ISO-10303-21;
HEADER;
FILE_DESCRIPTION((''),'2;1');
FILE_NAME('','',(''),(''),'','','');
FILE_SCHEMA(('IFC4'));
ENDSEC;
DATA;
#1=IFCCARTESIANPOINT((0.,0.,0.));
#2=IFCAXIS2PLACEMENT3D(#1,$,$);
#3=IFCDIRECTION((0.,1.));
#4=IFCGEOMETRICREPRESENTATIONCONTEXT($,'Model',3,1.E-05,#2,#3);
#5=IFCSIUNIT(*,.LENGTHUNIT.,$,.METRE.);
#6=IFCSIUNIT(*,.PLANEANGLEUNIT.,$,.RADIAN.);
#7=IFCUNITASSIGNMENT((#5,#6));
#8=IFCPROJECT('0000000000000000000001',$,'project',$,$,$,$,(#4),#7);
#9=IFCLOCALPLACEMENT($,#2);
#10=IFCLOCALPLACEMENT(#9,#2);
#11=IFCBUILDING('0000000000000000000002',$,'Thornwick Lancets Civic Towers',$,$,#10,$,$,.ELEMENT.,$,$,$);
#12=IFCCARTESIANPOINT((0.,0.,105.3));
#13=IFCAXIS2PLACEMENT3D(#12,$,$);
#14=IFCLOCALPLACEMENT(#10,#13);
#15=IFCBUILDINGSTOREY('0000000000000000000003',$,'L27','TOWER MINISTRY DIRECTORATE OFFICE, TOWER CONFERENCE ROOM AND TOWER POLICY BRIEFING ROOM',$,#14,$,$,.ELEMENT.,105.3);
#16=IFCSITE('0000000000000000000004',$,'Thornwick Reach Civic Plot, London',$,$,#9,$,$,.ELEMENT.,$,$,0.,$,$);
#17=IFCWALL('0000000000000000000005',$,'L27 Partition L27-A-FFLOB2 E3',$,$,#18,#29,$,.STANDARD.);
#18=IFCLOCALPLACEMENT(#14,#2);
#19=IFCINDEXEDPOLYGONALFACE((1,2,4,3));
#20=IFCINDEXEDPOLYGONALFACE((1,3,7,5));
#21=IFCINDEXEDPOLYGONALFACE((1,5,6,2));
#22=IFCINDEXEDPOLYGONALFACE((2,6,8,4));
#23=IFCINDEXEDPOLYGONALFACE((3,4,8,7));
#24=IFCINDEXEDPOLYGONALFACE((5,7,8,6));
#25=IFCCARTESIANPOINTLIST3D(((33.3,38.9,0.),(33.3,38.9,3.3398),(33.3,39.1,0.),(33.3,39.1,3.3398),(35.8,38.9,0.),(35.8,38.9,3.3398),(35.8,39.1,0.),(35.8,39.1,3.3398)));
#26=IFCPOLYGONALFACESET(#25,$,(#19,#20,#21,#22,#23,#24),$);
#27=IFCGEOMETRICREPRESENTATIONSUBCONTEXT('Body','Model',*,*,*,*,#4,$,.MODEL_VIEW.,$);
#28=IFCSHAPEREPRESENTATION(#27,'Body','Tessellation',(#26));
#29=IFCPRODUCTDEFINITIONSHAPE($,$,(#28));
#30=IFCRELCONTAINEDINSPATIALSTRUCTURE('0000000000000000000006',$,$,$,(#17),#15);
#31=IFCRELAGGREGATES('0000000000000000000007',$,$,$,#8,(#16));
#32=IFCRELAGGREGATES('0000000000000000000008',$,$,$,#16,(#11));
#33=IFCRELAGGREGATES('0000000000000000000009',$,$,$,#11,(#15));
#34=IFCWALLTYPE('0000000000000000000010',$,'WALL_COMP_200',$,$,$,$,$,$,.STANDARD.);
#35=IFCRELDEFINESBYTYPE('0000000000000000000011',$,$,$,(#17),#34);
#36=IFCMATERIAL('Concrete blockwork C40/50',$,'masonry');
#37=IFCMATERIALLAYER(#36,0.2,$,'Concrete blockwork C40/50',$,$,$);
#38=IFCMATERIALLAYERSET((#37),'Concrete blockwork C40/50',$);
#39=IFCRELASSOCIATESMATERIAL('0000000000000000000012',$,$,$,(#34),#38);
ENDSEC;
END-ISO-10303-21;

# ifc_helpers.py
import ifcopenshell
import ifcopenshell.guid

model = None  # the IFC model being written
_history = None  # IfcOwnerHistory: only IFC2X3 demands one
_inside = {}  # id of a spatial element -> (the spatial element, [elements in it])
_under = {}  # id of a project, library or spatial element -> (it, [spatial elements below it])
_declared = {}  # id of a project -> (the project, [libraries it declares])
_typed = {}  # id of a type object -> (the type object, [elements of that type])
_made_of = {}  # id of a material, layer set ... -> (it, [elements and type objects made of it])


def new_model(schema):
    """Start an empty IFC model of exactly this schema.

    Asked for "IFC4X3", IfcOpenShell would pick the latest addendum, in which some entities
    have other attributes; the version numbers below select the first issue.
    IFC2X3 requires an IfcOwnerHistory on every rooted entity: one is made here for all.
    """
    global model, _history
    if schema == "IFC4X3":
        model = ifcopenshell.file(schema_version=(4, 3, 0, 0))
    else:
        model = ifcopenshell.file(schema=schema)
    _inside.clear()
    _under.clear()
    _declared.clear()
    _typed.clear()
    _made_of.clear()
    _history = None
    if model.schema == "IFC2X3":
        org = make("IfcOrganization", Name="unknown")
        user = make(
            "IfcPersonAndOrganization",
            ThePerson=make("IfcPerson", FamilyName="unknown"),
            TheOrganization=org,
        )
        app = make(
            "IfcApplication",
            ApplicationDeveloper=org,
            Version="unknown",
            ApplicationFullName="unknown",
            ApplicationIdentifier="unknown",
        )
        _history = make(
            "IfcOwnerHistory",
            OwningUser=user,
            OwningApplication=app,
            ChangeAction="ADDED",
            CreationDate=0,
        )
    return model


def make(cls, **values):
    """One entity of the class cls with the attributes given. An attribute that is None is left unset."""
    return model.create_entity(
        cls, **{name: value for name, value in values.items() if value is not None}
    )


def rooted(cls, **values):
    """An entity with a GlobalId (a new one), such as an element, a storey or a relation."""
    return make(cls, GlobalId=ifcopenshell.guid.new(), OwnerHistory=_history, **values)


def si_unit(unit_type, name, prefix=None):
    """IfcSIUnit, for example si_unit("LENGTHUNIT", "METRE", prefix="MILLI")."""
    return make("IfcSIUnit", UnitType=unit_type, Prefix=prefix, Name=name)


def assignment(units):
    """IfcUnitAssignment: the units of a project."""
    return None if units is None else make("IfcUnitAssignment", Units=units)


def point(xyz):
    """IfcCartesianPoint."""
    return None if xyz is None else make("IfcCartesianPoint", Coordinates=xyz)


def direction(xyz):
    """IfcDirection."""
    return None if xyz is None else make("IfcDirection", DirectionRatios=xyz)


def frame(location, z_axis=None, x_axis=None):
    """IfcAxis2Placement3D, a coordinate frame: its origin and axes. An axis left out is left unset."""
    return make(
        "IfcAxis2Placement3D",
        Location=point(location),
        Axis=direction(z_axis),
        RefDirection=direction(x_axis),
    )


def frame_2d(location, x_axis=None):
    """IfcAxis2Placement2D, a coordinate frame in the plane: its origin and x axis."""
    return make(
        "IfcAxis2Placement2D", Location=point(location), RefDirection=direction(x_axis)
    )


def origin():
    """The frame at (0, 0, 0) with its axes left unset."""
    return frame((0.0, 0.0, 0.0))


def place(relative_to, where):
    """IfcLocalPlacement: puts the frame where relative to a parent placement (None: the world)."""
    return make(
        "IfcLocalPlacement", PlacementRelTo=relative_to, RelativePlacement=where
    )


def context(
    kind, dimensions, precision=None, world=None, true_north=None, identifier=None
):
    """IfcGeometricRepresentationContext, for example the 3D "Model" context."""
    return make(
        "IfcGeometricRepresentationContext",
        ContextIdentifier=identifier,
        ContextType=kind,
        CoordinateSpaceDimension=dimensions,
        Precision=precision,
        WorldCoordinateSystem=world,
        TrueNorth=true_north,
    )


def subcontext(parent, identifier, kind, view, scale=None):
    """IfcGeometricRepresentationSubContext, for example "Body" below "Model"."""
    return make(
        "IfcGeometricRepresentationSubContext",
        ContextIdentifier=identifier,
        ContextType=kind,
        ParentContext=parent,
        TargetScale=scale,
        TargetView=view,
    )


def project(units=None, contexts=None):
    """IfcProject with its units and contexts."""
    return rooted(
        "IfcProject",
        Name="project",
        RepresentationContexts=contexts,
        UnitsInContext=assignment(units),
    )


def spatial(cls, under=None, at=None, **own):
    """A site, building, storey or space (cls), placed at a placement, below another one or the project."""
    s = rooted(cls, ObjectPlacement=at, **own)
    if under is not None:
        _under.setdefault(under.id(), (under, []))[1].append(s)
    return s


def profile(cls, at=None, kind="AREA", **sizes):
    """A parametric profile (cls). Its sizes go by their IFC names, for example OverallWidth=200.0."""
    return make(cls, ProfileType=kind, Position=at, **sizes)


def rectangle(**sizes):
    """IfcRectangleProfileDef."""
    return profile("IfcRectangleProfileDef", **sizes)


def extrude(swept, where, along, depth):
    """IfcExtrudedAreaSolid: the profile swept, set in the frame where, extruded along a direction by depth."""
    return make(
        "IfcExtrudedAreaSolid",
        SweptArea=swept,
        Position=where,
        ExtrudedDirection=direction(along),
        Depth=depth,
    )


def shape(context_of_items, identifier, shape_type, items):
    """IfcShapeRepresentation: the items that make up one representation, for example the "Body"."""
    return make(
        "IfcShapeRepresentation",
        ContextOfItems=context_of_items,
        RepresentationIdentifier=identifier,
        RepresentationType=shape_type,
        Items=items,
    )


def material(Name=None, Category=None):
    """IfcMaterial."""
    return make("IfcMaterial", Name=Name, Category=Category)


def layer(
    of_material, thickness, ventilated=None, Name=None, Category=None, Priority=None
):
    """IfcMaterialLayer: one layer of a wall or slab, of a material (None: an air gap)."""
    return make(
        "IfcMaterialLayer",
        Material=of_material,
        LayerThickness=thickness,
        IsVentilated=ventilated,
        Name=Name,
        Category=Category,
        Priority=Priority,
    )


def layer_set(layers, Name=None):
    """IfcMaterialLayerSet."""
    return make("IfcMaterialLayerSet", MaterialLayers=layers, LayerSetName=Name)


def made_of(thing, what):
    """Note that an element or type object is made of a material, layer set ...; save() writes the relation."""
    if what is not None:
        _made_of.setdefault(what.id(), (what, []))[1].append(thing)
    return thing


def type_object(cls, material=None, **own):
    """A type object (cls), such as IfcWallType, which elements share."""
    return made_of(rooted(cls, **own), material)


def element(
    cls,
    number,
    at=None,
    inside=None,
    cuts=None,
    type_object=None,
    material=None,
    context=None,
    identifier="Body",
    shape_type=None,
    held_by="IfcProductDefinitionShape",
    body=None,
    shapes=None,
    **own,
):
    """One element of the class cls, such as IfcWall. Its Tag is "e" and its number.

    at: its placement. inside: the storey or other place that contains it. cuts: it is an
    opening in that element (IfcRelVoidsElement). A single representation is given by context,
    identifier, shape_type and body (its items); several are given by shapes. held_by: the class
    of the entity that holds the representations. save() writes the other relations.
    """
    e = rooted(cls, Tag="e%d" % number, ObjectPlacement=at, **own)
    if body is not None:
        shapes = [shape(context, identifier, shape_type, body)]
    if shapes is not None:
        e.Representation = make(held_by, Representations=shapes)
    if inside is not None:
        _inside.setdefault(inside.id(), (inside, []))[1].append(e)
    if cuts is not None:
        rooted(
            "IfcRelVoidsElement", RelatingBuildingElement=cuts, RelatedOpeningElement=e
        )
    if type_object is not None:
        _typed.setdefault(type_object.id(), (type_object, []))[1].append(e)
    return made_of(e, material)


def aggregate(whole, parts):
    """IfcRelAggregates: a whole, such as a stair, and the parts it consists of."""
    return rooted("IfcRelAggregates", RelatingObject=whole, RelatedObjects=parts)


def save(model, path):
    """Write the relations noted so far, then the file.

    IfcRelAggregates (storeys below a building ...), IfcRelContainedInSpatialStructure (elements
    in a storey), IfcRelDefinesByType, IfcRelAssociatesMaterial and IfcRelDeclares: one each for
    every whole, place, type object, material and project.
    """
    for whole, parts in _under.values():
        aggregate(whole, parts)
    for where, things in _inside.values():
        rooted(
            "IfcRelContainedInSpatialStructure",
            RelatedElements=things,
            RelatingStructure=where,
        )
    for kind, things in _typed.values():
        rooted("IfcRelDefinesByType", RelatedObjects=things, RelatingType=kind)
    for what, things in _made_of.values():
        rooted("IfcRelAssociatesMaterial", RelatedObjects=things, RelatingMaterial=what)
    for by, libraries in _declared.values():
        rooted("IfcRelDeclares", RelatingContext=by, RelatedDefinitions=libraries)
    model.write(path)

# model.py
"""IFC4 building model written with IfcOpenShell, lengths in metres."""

from ifc_helpers import new_model, si_unit, direction, frame, frame_2d, origin, place, context, subcontext, project, spatial, rectangle, extrude, material, layer, layer_set, type_object, element, save


model = new_model("IFC4")

# Units and contexts
model_context = context("Model", 3, precision=1e-05, world=origin(), true_north=direction((0.0, 1.0)))
body_context = subcontext(model_context, "Body", "Model", "MODEL_VIEW")
ifc_project = project(units=[si_unit("LENGTHUNIT", "METRE"), si_unit("PLANEANGLEUNIT", "RADIAN")], contexts=[model_context])

# Site, building, storey
site_placement = place(None, origin())
site = spatial("IfcSite", under=ifc_project, at=site_placement, Name="Thornwick Reach Civic Plot, London", CompositionType="ELEMENT", RefElevation=0.0)
building_placement = place(site_placement, origin())
building = spatial("IfcBuilding", under=site, at=building_placement, Name="Thornwick Lancets Civic Towers", CompositionType="ELEMENT")
storey_placement = place(building_placement, frame((0.0, 0.0, 105.3)))
storey = spatial("IfcBuildingStorey", under=building, at=storey_placement, Name="L27", Description="TOWER MINISTRY DIRECTORATE OFFICE, TOWER CONFERENCE ROOM AND TOWER POLICY BRIEFING ROOM", CompositionType="ELEMENT", Elevation=105.3)

# Wall
ifc_material_1 = material(Name="Concrete blockwork C40/50", Category="masonry")
ifc_layer_1 = layer(ifc_material_1, 0.2, Name="Concrete blockwork C40/50")
ifc_layer_set_1 = layer_set([ifc_layer_1], Name="Concrete blockwork C40/50")
wall_type_1 = type_object("IfcWallType", Name="WALL_COMP_200", PredefinedType="STANDARD", material=ifc_layer_set_1)
wall_1_placement = place(storey_placement, frame((35.8, 39.0, 0.0), z_axis=(0.0, 0.0, 1.0), x_axis=(-1.0, 0.0, 0.0)))
element("IfcWall", 1, at=wall_1_placement, inside=storey, type_object=wall_type_1, Name="L27 Partition L27-A-FFLOB2 E3", PredefinedType="STANDARD", context=body_context, shape_type="SweptSolid", body=[
    extrude(rectangle(XDim=2.5, YDim=0.2, at=frame_2d((1.25, 0.0))), origin(), (0.0, 0.0, 1.0), 3.3398),
])

save(model, "model.ifc")
